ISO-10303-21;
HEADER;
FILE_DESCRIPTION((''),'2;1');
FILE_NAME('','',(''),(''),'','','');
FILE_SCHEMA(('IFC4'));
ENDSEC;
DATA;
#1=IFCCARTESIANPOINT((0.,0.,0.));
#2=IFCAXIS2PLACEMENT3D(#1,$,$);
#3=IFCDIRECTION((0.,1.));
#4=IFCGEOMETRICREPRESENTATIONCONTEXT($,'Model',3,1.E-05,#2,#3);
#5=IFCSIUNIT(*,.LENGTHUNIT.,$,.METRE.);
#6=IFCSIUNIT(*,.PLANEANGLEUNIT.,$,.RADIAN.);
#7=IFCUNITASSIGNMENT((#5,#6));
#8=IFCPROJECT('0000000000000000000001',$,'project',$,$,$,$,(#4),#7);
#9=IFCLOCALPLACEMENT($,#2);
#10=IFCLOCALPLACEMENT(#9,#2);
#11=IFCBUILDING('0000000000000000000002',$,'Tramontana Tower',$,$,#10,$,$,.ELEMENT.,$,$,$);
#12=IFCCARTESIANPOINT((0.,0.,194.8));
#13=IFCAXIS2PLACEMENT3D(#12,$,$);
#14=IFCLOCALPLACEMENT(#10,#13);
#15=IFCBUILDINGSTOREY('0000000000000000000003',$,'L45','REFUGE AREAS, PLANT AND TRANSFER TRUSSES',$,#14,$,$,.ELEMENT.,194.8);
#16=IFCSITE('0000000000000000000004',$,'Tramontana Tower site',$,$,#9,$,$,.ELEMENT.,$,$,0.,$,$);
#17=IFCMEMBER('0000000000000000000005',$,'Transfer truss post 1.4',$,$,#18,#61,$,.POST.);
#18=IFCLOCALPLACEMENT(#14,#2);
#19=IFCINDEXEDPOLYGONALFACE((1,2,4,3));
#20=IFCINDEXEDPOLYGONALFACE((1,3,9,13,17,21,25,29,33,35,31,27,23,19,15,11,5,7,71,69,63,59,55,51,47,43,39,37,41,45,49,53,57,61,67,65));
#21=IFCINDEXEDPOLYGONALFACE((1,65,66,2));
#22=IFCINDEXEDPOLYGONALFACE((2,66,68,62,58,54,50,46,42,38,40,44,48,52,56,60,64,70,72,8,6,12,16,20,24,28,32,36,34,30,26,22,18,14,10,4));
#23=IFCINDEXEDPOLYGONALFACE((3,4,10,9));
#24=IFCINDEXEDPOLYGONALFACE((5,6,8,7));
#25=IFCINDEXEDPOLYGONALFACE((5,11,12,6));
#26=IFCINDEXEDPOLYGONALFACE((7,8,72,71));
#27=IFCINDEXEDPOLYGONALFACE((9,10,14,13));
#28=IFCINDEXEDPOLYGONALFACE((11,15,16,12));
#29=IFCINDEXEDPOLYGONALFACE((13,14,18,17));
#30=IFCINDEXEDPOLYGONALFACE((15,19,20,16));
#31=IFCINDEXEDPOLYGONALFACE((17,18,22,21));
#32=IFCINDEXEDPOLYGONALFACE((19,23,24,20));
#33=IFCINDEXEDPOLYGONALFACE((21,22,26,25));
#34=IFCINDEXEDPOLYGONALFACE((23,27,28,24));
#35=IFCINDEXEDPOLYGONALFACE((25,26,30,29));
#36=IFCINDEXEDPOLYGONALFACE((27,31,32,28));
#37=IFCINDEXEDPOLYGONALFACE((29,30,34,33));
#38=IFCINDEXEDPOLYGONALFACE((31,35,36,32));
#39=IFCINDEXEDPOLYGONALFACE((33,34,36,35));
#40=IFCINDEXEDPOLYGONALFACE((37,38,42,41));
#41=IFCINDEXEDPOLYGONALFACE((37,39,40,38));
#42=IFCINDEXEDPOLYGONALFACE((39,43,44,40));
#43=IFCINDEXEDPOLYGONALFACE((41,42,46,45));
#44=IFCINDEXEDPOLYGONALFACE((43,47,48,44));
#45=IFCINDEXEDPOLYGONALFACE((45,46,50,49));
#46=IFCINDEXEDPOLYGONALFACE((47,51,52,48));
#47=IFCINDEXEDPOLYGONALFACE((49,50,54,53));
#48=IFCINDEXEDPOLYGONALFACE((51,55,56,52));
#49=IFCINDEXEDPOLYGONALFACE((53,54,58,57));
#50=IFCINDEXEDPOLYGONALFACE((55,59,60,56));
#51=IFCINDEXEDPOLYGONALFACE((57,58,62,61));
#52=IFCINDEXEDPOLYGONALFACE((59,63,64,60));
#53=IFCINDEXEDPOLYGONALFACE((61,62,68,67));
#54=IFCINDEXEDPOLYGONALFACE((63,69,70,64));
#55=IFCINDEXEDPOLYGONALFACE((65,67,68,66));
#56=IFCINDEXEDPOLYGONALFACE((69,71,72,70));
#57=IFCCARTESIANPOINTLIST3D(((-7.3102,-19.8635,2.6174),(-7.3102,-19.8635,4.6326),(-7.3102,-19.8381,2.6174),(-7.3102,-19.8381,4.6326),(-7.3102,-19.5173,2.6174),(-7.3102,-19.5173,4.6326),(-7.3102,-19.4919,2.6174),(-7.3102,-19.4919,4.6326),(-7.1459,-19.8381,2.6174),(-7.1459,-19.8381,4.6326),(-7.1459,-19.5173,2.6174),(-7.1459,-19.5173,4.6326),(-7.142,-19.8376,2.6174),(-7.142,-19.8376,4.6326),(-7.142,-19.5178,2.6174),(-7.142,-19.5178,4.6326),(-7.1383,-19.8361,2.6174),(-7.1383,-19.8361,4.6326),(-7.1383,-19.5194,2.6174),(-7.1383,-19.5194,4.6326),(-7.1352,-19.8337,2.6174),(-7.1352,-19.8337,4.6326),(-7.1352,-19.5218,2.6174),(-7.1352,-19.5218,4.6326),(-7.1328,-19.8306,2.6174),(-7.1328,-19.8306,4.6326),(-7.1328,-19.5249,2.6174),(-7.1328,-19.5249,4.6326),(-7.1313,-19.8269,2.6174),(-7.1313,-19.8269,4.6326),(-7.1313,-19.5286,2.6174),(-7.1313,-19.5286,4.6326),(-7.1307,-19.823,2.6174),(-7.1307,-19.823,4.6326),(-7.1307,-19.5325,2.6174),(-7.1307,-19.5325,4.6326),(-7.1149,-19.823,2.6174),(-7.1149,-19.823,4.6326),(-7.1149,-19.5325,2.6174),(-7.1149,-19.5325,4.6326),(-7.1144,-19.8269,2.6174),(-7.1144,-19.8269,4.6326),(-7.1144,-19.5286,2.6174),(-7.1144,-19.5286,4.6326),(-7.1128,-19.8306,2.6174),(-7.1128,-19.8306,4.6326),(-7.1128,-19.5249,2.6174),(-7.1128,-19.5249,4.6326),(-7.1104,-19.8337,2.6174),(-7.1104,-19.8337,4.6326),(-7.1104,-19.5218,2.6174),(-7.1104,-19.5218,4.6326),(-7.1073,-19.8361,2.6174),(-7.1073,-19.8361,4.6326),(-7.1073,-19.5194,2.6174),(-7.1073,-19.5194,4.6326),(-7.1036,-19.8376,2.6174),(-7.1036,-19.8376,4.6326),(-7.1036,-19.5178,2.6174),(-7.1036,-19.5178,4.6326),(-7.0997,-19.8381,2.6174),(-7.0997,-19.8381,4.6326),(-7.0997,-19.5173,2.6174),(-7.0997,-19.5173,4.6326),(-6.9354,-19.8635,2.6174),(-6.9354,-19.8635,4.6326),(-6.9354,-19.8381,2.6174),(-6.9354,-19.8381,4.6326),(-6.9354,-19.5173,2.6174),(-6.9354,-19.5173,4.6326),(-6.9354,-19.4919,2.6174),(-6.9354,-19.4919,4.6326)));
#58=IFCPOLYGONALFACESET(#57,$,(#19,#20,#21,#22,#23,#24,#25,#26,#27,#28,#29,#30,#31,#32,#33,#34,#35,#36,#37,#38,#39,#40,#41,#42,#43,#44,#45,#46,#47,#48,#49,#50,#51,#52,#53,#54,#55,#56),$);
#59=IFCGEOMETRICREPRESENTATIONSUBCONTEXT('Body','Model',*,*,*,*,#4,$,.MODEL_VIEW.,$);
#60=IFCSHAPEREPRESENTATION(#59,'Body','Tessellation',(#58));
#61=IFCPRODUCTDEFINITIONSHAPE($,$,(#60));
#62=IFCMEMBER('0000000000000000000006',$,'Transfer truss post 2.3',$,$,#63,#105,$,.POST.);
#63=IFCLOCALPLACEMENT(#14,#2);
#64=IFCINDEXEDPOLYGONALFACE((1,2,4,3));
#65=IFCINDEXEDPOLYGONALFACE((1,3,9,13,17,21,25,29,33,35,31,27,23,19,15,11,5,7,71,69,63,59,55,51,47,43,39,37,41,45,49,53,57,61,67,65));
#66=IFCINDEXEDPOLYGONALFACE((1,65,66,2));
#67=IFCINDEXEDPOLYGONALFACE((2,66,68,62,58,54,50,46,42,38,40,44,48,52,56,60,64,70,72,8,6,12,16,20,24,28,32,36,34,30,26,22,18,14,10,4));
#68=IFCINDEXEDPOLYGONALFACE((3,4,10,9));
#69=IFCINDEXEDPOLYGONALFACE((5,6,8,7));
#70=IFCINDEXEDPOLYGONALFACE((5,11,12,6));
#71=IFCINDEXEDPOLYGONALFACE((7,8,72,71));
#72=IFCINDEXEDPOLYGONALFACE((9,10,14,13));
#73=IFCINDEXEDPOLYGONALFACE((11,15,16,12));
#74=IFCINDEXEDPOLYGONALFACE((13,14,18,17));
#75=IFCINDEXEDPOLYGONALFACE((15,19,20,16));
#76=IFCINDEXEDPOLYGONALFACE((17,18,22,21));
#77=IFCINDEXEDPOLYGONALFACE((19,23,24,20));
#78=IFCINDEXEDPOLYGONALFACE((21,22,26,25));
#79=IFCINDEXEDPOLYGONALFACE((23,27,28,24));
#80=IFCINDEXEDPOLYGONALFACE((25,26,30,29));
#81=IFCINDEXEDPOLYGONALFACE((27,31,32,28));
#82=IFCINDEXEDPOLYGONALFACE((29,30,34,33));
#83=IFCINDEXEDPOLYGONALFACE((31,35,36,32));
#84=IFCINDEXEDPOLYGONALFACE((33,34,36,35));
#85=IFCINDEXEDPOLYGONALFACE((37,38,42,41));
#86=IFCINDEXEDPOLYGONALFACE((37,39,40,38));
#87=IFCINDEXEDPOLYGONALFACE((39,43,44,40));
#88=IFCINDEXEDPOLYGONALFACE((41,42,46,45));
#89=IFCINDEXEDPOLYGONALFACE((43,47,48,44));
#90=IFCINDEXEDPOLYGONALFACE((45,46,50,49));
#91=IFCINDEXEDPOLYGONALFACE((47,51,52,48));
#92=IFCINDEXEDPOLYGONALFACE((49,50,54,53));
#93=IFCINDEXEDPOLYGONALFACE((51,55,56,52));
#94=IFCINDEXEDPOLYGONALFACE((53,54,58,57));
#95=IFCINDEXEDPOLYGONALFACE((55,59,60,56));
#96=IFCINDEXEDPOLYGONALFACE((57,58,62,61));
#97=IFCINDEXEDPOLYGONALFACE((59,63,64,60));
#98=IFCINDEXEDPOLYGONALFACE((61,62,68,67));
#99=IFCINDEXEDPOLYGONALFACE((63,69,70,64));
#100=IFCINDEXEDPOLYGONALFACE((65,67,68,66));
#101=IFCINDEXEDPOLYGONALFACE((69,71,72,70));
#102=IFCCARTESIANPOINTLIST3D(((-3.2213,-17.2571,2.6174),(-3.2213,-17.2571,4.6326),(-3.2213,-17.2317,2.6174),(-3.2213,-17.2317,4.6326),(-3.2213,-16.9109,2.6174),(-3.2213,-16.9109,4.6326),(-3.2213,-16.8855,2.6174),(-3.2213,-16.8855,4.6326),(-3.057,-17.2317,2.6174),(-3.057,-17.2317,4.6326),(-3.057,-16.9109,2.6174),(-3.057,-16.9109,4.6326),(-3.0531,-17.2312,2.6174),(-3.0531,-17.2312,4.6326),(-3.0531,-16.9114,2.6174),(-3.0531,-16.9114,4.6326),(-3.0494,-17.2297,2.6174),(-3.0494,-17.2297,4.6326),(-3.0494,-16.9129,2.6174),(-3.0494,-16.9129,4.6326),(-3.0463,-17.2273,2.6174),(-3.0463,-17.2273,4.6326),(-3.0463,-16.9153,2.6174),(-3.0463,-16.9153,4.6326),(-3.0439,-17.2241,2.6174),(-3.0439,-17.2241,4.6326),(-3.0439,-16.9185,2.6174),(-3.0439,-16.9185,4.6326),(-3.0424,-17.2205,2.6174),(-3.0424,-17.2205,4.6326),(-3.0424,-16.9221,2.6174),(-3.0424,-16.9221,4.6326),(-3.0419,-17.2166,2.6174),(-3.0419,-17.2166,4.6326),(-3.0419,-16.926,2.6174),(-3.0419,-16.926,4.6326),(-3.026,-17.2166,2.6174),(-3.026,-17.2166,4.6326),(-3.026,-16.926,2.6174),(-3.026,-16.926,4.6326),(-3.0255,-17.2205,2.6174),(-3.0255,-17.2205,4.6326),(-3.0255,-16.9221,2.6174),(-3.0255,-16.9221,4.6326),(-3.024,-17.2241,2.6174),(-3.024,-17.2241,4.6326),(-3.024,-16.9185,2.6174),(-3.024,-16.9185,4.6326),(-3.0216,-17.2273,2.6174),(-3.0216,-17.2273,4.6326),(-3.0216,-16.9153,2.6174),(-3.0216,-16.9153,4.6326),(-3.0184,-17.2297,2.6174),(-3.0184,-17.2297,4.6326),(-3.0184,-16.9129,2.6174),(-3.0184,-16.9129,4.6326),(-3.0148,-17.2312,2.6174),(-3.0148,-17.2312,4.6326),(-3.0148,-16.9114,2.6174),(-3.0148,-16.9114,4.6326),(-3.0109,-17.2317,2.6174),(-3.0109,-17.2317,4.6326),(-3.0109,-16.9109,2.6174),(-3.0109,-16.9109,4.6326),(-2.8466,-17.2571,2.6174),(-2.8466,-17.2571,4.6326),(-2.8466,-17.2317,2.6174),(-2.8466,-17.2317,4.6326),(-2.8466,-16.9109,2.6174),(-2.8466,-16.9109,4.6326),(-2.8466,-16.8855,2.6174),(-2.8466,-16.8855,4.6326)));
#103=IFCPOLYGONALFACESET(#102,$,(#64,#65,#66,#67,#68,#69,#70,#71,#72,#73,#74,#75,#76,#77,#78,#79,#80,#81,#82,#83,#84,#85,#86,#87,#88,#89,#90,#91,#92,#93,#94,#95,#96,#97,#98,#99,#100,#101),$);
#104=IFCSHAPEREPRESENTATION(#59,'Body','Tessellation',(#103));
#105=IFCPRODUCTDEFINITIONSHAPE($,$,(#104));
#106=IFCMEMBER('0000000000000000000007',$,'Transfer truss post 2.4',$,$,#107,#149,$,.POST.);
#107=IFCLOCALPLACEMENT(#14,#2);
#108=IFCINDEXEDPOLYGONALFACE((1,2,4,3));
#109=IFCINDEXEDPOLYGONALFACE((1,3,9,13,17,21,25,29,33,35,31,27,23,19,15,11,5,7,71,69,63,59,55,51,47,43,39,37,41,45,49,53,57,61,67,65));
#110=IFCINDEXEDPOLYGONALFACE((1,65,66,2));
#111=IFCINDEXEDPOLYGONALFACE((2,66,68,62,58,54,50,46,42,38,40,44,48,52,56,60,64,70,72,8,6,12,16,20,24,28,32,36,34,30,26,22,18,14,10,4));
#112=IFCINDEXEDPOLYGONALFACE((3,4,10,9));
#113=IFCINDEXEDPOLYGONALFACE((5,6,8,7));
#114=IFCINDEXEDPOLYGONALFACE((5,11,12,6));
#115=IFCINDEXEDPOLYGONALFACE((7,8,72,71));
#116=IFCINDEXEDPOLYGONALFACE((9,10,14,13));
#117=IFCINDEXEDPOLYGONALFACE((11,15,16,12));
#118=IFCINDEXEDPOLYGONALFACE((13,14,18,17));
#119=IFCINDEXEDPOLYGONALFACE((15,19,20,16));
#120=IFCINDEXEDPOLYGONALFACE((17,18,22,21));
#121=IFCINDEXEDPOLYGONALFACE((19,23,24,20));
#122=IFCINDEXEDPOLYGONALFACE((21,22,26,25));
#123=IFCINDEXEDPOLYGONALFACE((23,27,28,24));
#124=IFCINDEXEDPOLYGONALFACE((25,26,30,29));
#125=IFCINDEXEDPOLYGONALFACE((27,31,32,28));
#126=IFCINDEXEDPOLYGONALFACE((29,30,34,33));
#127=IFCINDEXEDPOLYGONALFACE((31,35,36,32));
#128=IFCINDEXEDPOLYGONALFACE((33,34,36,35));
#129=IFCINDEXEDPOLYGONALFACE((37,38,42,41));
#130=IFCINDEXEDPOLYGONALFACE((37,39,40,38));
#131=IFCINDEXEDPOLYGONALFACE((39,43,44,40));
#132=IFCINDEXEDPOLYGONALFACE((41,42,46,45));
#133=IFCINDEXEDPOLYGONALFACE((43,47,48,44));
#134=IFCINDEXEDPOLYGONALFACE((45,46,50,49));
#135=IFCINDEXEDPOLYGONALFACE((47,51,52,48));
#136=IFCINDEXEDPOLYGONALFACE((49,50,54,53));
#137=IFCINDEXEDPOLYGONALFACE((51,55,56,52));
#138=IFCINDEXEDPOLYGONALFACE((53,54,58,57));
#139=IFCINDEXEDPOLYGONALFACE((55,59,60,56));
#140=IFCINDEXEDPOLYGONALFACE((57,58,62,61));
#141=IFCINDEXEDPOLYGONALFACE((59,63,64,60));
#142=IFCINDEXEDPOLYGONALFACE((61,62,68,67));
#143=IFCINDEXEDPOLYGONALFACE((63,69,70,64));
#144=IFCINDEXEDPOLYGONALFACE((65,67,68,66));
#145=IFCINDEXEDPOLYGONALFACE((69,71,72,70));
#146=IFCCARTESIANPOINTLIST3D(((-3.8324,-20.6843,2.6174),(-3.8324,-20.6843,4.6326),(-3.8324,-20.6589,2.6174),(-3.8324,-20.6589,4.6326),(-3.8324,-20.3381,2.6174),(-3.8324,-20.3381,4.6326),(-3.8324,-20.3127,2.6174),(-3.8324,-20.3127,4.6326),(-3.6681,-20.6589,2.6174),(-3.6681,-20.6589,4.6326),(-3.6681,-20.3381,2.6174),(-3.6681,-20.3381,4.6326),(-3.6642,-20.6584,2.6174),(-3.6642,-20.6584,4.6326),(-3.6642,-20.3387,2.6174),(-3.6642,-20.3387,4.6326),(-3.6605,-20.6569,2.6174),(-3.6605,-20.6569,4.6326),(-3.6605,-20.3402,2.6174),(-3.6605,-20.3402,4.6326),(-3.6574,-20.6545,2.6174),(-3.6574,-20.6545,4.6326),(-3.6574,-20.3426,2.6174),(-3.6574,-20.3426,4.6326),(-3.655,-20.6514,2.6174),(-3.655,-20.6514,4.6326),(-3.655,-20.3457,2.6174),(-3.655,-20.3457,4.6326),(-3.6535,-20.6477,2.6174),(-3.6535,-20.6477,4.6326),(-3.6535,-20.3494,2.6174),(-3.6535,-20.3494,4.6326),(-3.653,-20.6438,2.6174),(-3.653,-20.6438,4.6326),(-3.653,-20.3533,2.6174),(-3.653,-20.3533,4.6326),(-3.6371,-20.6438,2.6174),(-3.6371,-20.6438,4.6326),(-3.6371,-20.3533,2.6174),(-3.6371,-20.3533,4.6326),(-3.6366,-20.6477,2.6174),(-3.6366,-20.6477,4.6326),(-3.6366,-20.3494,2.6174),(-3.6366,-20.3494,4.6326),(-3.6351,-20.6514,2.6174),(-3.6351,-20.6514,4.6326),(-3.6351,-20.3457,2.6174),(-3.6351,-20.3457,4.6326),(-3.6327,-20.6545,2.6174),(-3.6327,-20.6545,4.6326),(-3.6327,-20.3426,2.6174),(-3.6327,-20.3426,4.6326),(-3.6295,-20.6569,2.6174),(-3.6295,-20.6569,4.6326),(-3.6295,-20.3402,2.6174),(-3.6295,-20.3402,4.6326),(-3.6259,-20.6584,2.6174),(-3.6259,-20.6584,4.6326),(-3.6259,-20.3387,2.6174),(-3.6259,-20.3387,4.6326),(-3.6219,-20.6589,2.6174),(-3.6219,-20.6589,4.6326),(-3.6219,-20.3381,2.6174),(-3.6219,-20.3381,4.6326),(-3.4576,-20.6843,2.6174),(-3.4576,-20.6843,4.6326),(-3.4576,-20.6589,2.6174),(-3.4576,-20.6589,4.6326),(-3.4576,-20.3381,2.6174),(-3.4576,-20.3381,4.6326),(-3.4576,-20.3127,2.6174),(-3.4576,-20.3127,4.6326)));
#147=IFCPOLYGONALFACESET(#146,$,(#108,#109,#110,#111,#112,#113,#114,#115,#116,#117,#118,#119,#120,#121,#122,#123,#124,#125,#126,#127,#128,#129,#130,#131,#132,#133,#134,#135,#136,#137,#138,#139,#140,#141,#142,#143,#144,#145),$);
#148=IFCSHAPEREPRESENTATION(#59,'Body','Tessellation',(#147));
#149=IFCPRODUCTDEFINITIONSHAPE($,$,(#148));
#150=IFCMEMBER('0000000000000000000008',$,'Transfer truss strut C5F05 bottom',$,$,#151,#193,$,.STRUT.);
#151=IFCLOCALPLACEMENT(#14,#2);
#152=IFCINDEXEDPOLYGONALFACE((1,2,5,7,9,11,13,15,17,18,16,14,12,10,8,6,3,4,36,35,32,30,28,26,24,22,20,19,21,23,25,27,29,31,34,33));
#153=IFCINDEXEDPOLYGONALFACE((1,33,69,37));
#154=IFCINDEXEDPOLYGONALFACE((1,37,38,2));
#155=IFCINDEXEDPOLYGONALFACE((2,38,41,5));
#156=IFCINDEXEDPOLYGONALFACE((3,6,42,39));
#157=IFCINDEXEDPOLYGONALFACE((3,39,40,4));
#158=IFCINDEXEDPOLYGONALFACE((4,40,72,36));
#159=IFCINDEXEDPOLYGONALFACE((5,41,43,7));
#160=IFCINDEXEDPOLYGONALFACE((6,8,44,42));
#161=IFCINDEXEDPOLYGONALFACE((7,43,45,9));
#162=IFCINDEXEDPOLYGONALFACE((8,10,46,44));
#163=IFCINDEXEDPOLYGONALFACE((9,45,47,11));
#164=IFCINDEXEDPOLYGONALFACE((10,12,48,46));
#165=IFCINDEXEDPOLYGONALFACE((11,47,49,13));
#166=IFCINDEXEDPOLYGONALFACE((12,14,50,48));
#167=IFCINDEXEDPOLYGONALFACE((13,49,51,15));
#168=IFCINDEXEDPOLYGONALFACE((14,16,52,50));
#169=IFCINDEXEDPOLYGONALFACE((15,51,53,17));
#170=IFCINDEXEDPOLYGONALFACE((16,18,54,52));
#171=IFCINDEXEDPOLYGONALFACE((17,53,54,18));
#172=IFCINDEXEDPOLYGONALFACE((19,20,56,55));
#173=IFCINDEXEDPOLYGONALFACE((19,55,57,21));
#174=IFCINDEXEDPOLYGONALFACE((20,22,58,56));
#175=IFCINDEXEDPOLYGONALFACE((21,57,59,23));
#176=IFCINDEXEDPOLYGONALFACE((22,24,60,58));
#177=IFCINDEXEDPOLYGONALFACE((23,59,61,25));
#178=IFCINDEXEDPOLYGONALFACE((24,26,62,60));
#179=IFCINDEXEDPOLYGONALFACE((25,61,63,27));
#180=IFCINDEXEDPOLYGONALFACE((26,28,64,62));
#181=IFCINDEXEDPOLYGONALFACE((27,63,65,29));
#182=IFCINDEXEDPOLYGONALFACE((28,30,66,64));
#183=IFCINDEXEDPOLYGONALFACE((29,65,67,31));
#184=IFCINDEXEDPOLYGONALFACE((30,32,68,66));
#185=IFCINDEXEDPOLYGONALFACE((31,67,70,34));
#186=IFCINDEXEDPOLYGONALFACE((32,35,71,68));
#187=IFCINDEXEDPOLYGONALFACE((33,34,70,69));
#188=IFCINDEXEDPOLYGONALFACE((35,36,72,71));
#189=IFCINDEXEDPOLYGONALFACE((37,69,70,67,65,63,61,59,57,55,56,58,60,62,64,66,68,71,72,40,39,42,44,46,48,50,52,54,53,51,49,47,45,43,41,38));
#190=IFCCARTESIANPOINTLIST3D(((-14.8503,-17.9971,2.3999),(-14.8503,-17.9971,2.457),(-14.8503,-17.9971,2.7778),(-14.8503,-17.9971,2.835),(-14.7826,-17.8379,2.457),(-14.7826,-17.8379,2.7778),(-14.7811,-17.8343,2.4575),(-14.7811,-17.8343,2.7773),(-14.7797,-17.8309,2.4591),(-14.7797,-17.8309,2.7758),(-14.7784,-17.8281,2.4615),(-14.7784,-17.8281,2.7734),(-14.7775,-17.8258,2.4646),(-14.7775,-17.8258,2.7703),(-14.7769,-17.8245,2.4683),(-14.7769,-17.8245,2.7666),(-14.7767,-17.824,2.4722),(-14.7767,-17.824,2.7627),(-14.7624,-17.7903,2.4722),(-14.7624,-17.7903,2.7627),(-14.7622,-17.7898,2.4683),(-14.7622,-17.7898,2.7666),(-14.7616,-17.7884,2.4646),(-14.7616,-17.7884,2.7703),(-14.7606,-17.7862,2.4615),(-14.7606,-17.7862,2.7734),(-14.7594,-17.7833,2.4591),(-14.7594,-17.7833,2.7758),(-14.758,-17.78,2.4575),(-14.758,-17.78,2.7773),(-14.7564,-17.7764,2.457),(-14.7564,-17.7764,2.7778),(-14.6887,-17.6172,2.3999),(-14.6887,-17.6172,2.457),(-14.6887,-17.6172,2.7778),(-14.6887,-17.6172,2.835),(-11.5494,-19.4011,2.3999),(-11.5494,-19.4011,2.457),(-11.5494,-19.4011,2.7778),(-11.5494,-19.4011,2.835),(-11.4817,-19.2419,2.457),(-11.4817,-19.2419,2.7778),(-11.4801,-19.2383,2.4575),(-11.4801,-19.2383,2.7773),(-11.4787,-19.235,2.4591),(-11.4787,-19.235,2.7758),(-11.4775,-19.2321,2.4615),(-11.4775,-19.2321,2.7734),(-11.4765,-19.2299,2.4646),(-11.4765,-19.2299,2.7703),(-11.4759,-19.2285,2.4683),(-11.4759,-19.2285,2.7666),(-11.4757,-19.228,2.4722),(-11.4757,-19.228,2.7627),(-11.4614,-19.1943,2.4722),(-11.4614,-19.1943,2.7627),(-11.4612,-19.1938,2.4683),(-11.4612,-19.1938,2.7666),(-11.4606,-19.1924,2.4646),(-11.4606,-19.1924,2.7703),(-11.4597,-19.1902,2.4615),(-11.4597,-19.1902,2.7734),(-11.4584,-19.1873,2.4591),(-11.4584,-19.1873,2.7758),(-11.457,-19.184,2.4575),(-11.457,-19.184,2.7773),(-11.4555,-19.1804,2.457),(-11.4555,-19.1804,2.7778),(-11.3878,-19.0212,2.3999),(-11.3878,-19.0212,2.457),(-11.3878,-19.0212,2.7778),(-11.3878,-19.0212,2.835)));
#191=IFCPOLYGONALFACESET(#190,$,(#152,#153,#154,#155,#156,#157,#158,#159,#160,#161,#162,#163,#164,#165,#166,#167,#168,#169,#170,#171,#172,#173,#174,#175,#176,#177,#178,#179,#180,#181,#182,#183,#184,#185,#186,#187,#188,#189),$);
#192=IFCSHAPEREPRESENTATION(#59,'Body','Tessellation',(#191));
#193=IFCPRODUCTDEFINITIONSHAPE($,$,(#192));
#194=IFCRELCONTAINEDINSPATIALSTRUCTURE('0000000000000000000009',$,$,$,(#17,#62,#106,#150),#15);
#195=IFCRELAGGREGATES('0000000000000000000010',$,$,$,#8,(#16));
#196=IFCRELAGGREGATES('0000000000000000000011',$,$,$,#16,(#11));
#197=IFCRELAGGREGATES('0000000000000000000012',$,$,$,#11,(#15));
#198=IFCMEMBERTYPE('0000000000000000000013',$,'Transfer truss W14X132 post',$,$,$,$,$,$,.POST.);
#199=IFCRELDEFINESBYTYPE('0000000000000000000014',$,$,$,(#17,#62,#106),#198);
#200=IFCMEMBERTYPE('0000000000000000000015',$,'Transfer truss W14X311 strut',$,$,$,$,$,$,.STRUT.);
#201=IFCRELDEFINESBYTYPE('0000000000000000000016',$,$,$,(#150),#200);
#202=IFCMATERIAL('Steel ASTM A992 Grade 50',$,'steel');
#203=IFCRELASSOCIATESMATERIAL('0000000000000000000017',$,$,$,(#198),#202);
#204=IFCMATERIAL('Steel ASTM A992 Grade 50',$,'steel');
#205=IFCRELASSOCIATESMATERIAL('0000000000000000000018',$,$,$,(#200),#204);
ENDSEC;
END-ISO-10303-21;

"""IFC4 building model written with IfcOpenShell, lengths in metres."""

from ifc_helpers import new_model, si_unit, direction, frame, origin, origin_2d, place, context, subcontext, project, spatial, i_section, extrude, material, material_profile, profile_set, type_object, element, save


model = new_model("IFC4")

# Units and contexts
model_context = context("Model", 3, precision=1e-05, world=origin(), true_north=direction((0.0, 1.0)))
body_context = subcontext(model_context, "Body", "Model", "MODEL_VIEW")
ifc_project = project(units=[si_unit("LENGTHUNIT", "METRE"), si_unit("PLANEANGLEUNIT", "RADIAN")], contexts=[model_context])

# Site, building, storey
site_placement = place(None, origin())
site = spatial("IfcSite", under=ifc_project, at=site_placement, Name="Tramontana Tower site", CompositionType="ELEMENT", RefElevation=0.0)
building_placement = place(site_placement, origin())
building = spatial("IfcBuilding", under=site, at=building_placement, Name="Tramontana Tower", CompositionType="ELEMENT")
storey_placement = place(building_placement, frame((0.0, 0.0, 194.8)))
storey = spatial("IfcBuildingStorey", under=building, at=storey_placement, Name="L45", Description="REFUGE AREAS, PLANT AND TRANSFER TRUSSES", CompositionType="ELEMENT", Elevation=194.8)

# Members
ifc_material_1 = material(Name="Steel ASTM A992 Grade 50", Category="steel")
ifc_material_profile_1 = material_profile(ifc_material_1, i_section(OverallWidth=0.3748, OverallDepth=0.3716, WebThickness=0.0159, FlangeThickness=0.0254, FilletRadius=0.0151, at=origin_2d()), Name="W14X132")
ifc_profile_set_1 = profile_set([ifc_material_profile_1], Name="Steel ASTM A992 Grade 50")
member_type_1 = type_object("IfcMemberType", Name="Transfer truss W14X132 post", PredefinedType="POST", material=ifc_profile_set_1)
for number, where, z_axis, x_axis, name in (
    (1, (-7.1228, -19.6777, 2.6174), (0.0, 0.0, 1.0), (1.0, 0.0, 0.0), "Transfer truss post 1.4"),
    (2, (-3.0339, -17.0713, 2.6174), (0.0, 0.0, 1.0), (1.0, 0.0, 0.0), "Transfer truss post 2.3"),
    (3, (-3.645, -20.4985, 2.6174), (0.0, 0.0, 1.0), (1.0, 0.0, 0.0), "Transfer truss post 2.4"),
):
    element("IfcMember", number, at=place(storey_placement, frame(where, z_axis=z_axis, x_axis=x_axis)), inside=storey, type_object=member_type_1, Name=name, PredefinedType="POST", context=body_context, shape_type="SweptSolid", body=[
        extrude(i_section(OverallWidth=0.3748, OverallDepth=0.3716, WebThickness=0.0159, FlangeThickness=0.0254, FilletRadius=0.0151, at=origin_2d()), origin(), (0.0, 0.0, 1.0), 2.0151),
    ])
ifc_material_2 = material(Name="Steel ASTM A992 Grade 50", Category="steel")
ifc_material_profile_2 = material_profile(ifc_material_2, i_section(OverallWidth=0.4128, OverallDepth=0.4351, WebThickness=0.0366, FlangeThickness=0.0571, FilletRadius=0.0151, at=origin_2d()), Name="W14X311")
ifc_profile_set_2 = profile_set([ifc_material_profile_2], Name="Steel ASTM A992 Grade 50")
member_type_2 = type_object("IfcMemberType", Name="Transfer truss W14X311 strut", PredefinedType="STRUT", material=ifc_profile_set_2)
member_1_placement = place(storey_placement, frame((-14.7695, -17.8071, 2.6174), z_axis=(0.920219, -0.391404, 0.0), x_axis=(0.391404, 0.920219, 0.0)))
element("IfcMember", 4, at=member_1_placement, inside=storey, type_object=member_type_2, Name="Transfer truss strut C5F05 bottom", PredefinedType="STRUT", context=body_context, shape_type="SweptSolid", body=[
    extrude(i_section(OverallWidth=0.4128, OverallDepth=0.4351, WebThickness=0.0366, FlangeThickness=0.0571, FilletRadius=0.0151, at=origin_2d()), origin(), (0.0, 0.0, 1.0), 3.5872),
])

save(model, "model.ifc")
